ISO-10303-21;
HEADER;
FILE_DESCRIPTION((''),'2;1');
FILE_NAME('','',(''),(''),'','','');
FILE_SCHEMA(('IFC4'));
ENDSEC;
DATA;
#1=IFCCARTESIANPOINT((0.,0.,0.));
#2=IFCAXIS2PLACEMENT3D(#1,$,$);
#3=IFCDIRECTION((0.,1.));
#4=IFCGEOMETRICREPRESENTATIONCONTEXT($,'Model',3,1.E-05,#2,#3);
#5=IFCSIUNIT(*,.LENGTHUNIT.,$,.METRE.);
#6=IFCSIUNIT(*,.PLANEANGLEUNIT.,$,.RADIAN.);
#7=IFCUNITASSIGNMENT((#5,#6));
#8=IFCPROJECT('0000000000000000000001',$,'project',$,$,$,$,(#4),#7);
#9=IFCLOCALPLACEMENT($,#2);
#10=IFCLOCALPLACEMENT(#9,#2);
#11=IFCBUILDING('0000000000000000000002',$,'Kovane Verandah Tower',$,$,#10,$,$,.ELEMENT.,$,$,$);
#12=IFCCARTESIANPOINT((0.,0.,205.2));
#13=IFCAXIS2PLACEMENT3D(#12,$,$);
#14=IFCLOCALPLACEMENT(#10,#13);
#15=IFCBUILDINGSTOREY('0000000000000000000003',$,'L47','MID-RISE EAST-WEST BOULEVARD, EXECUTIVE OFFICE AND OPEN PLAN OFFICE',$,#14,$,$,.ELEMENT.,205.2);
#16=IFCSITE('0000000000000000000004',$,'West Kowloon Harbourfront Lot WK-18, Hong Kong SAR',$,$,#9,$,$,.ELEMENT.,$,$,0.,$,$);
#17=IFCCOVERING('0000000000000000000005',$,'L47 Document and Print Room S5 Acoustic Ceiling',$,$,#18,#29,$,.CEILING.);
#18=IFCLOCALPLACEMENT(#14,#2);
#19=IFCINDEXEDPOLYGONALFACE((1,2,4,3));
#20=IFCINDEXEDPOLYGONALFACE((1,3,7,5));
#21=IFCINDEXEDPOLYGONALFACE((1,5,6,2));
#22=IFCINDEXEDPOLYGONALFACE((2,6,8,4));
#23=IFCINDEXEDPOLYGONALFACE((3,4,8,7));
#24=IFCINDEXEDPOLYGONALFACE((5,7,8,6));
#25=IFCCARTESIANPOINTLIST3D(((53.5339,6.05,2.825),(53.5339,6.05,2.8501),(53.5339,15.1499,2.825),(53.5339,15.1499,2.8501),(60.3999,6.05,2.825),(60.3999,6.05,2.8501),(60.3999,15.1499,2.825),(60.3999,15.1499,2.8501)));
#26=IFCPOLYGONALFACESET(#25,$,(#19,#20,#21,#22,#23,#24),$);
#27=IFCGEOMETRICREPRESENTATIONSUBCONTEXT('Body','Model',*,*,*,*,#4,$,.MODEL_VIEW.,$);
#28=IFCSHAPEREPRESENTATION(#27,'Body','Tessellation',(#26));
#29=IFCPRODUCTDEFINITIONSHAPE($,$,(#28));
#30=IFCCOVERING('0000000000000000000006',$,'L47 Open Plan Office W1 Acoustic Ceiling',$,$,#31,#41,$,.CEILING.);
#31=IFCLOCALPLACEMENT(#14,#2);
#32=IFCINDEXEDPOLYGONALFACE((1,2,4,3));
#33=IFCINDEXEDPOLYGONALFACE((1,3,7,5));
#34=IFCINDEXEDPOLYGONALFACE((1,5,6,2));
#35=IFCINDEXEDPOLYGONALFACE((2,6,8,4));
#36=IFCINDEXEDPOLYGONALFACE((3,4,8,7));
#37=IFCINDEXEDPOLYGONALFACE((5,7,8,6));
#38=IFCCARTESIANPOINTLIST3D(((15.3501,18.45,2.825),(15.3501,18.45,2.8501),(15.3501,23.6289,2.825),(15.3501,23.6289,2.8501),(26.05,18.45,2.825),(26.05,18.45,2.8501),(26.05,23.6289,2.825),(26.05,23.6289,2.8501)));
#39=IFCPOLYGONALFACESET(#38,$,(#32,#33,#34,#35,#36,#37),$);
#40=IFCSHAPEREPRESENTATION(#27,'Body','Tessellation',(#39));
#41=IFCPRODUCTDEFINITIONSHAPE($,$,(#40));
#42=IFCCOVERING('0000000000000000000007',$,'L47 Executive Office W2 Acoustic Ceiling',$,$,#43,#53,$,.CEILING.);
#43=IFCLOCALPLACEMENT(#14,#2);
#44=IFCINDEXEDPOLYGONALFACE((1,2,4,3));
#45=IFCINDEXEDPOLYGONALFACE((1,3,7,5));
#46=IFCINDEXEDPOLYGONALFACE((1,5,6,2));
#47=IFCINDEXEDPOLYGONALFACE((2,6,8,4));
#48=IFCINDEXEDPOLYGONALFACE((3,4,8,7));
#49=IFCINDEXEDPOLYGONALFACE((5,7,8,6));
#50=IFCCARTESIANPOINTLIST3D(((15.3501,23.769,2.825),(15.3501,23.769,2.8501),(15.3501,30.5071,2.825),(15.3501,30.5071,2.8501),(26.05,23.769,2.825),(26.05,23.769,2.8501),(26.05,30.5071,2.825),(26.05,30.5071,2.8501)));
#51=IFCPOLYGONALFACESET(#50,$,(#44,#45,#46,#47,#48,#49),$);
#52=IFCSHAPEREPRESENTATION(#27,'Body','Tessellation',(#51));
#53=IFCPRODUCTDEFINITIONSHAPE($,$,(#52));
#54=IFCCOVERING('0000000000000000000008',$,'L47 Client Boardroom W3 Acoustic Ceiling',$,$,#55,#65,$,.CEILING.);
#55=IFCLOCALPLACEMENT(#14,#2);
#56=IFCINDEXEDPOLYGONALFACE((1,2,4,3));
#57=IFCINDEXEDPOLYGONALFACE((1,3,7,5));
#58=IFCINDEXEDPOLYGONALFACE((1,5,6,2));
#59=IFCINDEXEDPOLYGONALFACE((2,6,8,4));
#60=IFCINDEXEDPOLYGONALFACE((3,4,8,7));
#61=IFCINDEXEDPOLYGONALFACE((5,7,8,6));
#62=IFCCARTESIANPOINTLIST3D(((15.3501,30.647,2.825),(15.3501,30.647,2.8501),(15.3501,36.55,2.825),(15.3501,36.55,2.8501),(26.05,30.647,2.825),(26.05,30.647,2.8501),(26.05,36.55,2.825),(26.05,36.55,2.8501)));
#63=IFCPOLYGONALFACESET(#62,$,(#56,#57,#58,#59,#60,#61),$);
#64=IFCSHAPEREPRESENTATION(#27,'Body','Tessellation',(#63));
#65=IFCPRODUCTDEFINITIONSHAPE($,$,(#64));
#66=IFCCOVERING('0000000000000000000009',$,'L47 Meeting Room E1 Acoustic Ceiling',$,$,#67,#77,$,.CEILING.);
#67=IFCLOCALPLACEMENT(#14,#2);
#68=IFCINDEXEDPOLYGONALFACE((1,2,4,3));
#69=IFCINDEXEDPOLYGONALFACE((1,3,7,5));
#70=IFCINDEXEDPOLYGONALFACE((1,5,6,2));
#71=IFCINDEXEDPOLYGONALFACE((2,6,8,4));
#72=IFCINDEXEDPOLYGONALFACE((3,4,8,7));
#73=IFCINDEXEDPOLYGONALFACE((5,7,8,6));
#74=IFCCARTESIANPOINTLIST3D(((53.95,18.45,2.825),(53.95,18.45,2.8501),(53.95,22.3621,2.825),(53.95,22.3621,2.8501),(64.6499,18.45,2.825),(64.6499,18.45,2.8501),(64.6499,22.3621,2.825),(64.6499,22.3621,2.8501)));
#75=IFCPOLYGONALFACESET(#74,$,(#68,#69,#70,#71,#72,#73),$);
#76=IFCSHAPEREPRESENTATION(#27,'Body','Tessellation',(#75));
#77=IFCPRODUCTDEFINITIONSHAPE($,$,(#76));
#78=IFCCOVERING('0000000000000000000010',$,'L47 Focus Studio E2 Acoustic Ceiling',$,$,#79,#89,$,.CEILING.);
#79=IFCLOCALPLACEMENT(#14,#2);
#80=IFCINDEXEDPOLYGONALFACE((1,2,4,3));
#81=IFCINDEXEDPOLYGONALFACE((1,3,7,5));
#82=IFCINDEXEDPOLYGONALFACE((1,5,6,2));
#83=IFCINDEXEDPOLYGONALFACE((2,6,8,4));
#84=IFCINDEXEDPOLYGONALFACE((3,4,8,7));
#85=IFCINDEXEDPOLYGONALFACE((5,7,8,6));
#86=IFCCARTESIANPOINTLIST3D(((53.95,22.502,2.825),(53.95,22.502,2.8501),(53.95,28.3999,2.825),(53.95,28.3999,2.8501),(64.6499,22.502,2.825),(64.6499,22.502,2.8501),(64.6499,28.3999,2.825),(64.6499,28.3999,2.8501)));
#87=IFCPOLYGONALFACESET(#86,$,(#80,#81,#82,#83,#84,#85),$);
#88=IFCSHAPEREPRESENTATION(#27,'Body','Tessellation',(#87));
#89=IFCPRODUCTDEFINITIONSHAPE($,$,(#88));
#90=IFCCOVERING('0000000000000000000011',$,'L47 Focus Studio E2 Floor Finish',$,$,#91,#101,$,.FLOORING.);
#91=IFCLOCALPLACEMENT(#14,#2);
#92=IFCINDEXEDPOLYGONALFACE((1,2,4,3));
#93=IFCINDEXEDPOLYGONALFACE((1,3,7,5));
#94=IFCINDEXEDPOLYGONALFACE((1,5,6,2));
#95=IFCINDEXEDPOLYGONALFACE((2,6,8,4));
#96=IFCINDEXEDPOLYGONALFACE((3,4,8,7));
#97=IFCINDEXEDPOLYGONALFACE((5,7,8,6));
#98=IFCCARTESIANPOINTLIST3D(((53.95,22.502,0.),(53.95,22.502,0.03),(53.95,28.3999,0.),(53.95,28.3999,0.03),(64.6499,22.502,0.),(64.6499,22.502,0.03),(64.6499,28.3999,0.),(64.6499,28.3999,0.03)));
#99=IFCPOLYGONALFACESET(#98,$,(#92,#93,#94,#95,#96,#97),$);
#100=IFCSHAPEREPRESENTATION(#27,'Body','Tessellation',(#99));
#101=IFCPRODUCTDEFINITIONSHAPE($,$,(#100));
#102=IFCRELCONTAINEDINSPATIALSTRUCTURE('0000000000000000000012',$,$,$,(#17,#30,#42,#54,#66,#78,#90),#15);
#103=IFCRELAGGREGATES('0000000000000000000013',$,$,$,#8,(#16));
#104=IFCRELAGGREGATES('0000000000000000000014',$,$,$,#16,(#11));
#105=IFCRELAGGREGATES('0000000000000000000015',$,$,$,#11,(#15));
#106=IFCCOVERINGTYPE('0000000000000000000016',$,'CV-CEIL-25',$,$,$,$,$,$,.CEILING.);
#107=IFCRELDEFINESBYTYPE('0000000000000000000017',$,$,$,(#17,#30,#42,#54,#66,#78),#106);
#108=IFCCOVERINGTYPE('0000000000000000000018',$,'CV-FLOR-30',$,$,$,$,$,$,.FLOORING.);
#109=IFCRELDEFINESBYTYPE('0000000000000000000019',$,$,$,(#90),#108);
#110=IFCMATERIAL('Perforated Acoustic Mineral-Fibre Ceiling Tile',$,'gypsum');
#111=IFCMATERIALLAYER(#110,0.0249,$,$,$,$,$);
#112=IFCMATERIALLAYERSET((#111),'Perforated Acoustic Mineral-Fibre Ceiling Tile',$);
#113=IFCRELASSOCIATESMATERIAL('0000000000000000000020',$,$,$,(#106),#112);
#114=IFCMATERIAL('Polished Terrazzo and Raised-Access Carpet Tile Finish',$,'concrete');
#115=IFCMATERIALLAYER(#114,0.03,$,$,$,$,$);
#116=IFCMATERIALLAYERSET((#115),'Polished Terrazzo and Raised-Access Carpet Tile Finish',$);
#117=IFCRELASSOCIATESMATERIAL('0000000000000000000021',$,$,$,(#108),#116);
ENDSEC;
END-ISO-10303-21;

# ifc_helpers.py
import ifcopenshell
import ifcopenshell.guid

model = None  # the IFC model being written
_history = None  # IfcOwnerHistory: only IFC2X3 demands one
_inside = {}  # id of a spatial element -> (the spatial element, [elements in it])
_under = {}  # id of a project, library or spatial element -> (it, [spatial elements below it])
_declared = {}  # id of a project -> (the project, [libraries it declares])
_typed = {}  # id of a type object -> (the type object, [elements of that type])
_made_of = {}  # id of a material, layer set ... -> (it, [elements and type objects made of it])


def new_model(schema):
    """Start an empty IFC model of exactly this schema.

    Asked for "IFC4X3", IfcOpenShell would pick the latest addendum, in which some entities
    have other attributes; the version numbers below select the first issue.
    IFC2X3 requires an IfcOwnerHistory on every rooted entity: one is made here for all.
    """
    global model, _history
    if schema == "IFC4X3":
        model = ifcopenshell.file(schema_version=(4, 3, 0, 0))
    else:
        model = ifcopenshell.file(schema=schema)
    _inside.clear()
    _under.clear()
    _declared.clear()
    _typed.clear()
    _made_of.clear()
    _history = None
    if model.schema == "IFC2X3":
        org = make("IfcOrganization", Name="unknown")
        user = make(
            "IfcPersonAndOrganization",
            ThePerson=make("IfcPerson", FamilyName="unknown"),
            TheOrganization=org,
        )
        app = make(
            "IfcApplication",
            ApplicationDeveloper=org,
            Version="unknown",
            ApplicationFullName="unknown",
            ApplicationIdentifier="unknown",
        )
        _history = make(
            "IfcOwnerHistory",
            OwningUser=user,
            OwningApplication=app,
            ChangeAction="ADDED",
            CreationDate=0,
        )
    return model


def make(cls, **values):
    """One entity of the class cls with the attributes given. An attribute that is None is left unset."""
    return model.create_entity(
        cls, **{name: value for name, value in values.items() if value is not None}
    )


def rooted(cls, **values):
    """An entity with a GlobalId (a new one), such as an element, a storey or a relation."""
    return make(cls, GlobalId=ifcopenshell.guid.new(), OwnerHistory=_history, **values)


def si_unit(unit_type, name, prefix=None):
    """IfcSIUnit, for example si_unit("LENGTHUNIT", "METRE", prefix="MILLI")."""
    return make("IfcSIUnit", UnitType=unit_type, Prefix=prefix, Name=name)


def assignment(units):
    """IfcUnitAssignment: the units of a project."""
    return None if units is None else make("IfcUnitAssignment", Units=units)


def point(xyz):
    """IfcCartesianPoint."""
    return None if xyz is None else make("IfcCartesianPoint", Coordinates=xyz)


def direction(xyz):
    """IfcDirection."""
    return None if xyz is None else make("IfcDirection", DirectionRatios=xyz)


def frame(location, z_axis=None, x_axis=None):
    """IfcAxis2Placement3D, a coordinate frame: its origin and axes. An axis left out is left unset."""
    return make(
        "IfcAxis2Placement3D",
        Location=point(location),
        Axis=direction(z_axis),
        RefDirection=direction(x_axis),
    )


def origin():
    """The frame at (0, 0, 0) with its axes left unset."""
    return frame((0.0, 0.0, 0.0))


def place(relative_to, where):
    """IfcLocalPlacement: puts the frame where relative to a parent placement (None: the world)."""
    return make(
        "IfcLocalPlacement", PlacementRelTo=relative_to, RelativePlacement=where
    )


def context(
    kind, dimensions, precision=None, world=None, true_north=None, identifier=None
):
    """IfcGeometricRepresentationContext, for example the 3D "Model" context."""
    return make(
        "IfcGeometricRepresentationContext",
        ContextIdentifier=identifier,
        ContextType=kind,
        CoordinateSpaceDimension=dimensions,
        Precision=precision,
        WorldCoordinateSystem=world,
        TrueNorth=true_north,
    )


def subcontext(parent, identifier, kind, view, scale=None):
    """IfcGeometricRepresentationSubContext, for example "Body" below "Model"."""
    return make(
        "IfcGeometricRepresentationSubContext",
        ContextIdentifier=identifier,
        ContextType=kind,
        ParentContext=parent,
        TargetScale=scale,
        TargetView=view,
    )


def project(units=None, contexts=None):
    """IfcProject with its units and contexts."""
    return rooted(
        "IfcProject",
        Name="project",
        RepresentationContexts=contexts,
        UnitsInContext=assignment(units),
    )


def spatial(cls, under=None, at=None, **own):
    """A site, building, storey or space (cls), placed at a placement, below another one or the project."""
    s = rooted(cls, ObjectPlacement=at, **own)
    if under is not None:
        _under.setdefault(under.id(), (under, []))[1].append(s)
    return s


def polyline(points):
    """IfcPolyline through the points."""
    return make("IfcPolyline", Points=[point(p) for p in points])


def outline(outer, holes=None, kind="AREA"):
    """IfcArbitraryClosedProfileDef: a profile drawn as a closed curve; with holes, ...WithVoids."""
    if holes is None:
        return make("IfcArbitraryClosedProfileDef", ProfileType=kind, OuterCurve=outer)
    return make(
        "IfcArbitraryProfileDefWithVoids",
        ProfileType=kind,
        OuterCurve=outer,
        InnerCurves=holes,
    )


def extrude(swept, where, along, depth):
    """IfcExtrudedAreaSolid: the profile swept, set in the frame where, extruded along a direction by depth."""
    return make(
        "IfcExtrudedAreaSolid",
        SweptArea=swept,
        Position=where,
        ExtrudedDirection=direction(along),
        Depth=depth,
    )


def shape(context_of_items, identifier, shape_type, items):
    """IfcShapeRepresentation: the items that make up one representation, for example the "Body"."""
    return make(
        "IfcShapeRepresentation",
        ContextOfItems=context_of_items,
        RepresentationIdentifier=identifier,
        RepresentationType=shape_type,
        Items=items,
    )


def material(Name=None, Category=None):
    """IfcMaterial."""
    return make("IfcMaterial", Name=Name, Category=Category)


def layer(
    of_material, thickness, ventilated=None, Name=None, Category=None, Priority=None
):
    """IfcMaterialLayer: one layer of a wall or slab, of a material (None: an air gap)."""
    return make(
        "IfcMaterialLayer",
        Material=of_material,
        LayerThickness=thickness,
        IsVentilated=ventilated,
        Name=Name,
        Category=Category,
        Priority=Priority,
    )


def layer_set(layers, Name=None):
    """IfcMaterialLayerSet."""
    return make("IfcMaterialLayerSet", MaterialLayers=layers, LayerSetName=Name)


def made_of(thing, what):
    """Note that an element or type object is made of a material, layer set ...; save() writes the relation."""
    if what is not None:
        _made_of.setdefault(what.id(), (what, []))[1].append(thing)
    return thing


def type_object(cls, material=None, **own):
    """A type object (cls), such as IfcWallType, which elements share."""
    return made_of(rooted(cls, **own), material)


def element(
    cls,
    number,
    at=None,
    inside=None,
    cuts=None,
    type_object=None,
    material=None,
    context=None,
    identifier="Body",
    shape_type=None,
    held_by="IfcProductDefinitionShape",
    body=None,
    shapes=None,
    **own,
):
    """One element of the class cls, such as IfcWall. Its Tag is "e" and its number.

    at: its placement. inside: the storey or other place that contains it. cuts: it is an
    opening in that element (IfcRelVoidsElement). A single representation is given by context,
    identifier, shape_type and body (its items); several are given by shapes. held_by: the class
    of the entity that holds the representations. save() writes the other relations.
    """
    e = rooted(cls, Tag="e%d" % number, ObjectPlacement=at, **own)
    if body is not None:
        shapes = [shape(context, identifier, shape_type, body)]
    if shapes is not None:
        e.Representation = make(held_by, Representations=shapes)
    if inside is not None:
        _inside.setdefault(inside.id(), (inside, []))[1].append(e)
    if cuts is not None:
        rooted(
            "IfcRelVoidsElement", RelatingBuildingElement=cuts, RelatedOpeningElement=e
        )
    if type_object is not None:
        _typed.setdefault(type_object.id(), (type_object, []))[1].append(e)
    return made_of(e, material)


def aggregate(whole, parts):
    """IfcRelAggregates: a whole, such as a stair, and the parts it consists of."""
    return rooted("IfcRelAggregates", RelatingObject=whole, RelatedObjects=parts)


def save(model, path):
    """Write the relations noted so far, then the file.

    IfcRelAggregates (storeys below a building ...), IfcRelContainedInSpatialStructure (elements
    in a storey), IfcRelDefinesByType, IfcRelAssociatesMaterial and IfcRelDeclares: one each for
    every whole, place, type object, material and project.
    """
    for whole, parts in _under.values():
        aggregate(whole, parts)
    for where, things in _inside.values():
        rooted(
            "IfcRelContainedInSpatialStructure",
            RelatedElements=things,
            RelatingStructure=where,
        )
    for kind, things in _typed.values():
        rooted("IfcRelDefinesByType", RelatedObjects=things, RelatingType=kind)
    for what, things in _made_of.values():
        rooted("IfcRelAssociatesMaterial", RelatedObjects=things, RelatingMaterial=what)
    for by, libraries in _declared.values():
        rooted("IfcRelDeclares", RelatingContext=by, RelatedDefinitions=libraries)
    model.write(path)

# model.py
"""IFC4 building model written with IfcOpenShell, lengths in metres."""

from ifc_helpers import new_model, si_unit, direction, frame, origin, place, context, subcontext, project, spatial, polyline, outline, extrude, material, layer, layer_set, type_object, element, save


model = new_model("IFC4")

# Units and contexts
model_context = context("Model", 3, precision=1e-05, world=origin(), true_north=direction((0.0, 1.0)))
body_context = subcontext(model_context, "Body", "Model", "MODEL_VIEW")
ifc_project = project(units=[si_unit("LENGTHUNIT", "METRE"), si_unit("PLANEANGLEUNIT", "RADIAN")], contexts=[model_context])

# Site, building, storey
site_placement = place(None, origin())
site = spatial("IfcSite", under=ifc_project, at=site_placement, Name="West Kowloon Harbourfront Lot WK-18, Hong Kong SAR", CompositionType="ELEMENT", RefElevation=0.0)
building_placement = place(site_placement, origin())
building = spatial("IfcBuilding", under=site, at=building_placement, Name="Kovane Verandah Tower", CompositionType="ELEMENT")
storey_placement = place(building_placement, frame((0.0, 0.0, 205.2)))
storey = spatial("IfcBuildingStorey", under=building, at=storey_placement, Name="L47", Description="MID-RISE EAST-WEST BOULEVARD, EXECUTIVE OFFICE AND OPEN PLAN OFFICE", CompositionType="ELEMENT", Elevation=205.2)

# Coverings
ifc_material_1 = material(Name="Perforated Acoustic Mineral-Fibre Ceiling Tile", Category="gypsum")
ifc_layer_1 = layer(ifc_material_1, 0.0249)
ifc_layer_set_1 = layer_set([ifc_layer_1], Name="Perforated Acoustic Mineral-Fibre Ceiling Tile")
covering_type_1 = type_object("IfcCoveringType", Name="CV-CEIL-25", PredefinedType="CEILING", material=ifc_layer_set_1)
covering_1_placement = place(storey_placement, frame((0.0, 0.0, 2.825)))
element("IfcCovering", 1, at=covering_1_placement, inside=storey, type_object=covering_type_1, Name="L47 Document and Print Room S5 Acoustic Ceiling", PredefinedType="CEILING", context=body_context, shape_type="SweptSolid", body=[
    extrude(outline(polyline([(53.5339, 6.05), (60.3999, 6.05), (60.3999, 15.1499), (53.5339, 15.1499), (53.5339, 6.05)])), origin(), (0.0, 0.0, 1.0), 0.0251),
])
covering_2_placement = place(storey_placement, frame((0.0, 0.0, 2.825)))
element("IfcCovering", 2, at=covering_2_placement, inside=storey, type_object=covering_type_1, Name="L47 Open Plan Office W1 Acoustic Ceiling", PredefinedType="CEILING", context=body_context, shape_type="SweptSolid", body=[
    extrude(outline(polyline([(15.3501, 18.45), (26.05, 18.45), (26.05, 23.6289), (15.3501, 23.6289), (15.3501, 18.45)])), origin(), (0.0, 0.0, 1.0), 0.0251),
])
covering_3_placement = place(storey_placement, frame((0.0, 0.0, 2.825)))
element("IfcCovering", 3, at=covering_3_placement, inside=storey, type_object=covering_type_1, Name="L47 Executive Office W2 Acoustic Ceiling", PredefinedType="CEILING", context=body_context, shape_type="SweptSolid", body=[
    extrude(outline(polyline([(15.3501, 23.769), (26.05, 23.769), (26.05, 30.5071), (15.3501, 30.5071), (15.3501, 23.769)])), origin(), (0.0, 0.0, 1.0), 0.0251),
])
covering_4_placement = place(storey_placement, frame((0.0, 0.0, 2.825)))
element("IfcCovering", 4, at=covering_4_placement, inside=storey, type_object=covering_type_1, Name="L47 Client Boardroom W3 Acoustic Ceiling", PredefinedType="CEILING", context=body_context, shape_type="SweptSolid", body=[
    extrude(outline(polyline([(15.3501, 30.647), (26.05, 30.647), (26.05, 36.55), (15.3501, 36.55), (15.3501, 30.647)])), origin(), (0.0, 0.0, 1.0), 0.0251),
])
covering_5_placement = place(storey_placement, frame((0.0, 0.0, 2.825)))
element("IfcCovering", 5, at=covering_5_placement, inside=storey, type_object=covering_type_1, Name="L47 Meeting Room E1 Acoustic Ceiling", PredefinedType="CEILING", context=body_context, shape_type="SweptSolid", body=[
    extrude(outline(polyline([(53.95, 18.45), (64.6499, 18.45), (64.6499, 22.3621), (53.95, 22.3621), (53.95, 18.45)])), origin(), (0.0, 0.0, 1.0), 0.0251),
])
covering_6_placement = place(storey_placement, frame((0.0, 0.0, 2.825)))
element("IfcCovering", 6, at=covering_6_placement, inside=storey, type_object=covering_type_1, Name="L47 Focus Studio E2 Acoustic Ceiling", PredefinedType="CEILING", context=body_context, shape_type="SweptSolid", body=[
    extrude(outline(polyline([(53.95, 22.502), (64.6499, 22.502), (64.6499, 28.3999), (53.95, 28.3999), (53.95, 22.502)])), origin(), (0.0, 0.0, 1.0), 0.0251),
])
ifc_material_2 = material(Name="Polished Terrazzo and Raised-Access Carpet Tile Finish", Category="concrete")
ifc_layer_2 = layer(ifc_material_2, 0.03)
ifc_layer_set_2 = layer_set([ifc_layer_2], Name="Polished Terrazzo and Raised-Access Carpet Tile Finish")
covering_type_2 = type_object("IfcCoveringType", Name="CV-FLOR-30", PredefinedType="FLOORING", material=ifc_layer_set_2)
covering_7_placement = place(storey_placement, origin())
element("IfcCovering", 7, at=covering_7_placement, inside=storey, type_object=covering_type_2, Name="L47 Focus Studio E2 Floor Finish", PredefinedType="FLOORING", context=body_context, shape_type="SweptSolid", body=[
    extrude(outline(polyline([(53.95, 22.502), (64.6499, 22.502), (64.6499, 28.3999), (53.95, 28.3999), (53.95, 22.502)])), origin(), (0.0, 0.0, 1.0), 0.03),
])

save(model, "model.ifc")
